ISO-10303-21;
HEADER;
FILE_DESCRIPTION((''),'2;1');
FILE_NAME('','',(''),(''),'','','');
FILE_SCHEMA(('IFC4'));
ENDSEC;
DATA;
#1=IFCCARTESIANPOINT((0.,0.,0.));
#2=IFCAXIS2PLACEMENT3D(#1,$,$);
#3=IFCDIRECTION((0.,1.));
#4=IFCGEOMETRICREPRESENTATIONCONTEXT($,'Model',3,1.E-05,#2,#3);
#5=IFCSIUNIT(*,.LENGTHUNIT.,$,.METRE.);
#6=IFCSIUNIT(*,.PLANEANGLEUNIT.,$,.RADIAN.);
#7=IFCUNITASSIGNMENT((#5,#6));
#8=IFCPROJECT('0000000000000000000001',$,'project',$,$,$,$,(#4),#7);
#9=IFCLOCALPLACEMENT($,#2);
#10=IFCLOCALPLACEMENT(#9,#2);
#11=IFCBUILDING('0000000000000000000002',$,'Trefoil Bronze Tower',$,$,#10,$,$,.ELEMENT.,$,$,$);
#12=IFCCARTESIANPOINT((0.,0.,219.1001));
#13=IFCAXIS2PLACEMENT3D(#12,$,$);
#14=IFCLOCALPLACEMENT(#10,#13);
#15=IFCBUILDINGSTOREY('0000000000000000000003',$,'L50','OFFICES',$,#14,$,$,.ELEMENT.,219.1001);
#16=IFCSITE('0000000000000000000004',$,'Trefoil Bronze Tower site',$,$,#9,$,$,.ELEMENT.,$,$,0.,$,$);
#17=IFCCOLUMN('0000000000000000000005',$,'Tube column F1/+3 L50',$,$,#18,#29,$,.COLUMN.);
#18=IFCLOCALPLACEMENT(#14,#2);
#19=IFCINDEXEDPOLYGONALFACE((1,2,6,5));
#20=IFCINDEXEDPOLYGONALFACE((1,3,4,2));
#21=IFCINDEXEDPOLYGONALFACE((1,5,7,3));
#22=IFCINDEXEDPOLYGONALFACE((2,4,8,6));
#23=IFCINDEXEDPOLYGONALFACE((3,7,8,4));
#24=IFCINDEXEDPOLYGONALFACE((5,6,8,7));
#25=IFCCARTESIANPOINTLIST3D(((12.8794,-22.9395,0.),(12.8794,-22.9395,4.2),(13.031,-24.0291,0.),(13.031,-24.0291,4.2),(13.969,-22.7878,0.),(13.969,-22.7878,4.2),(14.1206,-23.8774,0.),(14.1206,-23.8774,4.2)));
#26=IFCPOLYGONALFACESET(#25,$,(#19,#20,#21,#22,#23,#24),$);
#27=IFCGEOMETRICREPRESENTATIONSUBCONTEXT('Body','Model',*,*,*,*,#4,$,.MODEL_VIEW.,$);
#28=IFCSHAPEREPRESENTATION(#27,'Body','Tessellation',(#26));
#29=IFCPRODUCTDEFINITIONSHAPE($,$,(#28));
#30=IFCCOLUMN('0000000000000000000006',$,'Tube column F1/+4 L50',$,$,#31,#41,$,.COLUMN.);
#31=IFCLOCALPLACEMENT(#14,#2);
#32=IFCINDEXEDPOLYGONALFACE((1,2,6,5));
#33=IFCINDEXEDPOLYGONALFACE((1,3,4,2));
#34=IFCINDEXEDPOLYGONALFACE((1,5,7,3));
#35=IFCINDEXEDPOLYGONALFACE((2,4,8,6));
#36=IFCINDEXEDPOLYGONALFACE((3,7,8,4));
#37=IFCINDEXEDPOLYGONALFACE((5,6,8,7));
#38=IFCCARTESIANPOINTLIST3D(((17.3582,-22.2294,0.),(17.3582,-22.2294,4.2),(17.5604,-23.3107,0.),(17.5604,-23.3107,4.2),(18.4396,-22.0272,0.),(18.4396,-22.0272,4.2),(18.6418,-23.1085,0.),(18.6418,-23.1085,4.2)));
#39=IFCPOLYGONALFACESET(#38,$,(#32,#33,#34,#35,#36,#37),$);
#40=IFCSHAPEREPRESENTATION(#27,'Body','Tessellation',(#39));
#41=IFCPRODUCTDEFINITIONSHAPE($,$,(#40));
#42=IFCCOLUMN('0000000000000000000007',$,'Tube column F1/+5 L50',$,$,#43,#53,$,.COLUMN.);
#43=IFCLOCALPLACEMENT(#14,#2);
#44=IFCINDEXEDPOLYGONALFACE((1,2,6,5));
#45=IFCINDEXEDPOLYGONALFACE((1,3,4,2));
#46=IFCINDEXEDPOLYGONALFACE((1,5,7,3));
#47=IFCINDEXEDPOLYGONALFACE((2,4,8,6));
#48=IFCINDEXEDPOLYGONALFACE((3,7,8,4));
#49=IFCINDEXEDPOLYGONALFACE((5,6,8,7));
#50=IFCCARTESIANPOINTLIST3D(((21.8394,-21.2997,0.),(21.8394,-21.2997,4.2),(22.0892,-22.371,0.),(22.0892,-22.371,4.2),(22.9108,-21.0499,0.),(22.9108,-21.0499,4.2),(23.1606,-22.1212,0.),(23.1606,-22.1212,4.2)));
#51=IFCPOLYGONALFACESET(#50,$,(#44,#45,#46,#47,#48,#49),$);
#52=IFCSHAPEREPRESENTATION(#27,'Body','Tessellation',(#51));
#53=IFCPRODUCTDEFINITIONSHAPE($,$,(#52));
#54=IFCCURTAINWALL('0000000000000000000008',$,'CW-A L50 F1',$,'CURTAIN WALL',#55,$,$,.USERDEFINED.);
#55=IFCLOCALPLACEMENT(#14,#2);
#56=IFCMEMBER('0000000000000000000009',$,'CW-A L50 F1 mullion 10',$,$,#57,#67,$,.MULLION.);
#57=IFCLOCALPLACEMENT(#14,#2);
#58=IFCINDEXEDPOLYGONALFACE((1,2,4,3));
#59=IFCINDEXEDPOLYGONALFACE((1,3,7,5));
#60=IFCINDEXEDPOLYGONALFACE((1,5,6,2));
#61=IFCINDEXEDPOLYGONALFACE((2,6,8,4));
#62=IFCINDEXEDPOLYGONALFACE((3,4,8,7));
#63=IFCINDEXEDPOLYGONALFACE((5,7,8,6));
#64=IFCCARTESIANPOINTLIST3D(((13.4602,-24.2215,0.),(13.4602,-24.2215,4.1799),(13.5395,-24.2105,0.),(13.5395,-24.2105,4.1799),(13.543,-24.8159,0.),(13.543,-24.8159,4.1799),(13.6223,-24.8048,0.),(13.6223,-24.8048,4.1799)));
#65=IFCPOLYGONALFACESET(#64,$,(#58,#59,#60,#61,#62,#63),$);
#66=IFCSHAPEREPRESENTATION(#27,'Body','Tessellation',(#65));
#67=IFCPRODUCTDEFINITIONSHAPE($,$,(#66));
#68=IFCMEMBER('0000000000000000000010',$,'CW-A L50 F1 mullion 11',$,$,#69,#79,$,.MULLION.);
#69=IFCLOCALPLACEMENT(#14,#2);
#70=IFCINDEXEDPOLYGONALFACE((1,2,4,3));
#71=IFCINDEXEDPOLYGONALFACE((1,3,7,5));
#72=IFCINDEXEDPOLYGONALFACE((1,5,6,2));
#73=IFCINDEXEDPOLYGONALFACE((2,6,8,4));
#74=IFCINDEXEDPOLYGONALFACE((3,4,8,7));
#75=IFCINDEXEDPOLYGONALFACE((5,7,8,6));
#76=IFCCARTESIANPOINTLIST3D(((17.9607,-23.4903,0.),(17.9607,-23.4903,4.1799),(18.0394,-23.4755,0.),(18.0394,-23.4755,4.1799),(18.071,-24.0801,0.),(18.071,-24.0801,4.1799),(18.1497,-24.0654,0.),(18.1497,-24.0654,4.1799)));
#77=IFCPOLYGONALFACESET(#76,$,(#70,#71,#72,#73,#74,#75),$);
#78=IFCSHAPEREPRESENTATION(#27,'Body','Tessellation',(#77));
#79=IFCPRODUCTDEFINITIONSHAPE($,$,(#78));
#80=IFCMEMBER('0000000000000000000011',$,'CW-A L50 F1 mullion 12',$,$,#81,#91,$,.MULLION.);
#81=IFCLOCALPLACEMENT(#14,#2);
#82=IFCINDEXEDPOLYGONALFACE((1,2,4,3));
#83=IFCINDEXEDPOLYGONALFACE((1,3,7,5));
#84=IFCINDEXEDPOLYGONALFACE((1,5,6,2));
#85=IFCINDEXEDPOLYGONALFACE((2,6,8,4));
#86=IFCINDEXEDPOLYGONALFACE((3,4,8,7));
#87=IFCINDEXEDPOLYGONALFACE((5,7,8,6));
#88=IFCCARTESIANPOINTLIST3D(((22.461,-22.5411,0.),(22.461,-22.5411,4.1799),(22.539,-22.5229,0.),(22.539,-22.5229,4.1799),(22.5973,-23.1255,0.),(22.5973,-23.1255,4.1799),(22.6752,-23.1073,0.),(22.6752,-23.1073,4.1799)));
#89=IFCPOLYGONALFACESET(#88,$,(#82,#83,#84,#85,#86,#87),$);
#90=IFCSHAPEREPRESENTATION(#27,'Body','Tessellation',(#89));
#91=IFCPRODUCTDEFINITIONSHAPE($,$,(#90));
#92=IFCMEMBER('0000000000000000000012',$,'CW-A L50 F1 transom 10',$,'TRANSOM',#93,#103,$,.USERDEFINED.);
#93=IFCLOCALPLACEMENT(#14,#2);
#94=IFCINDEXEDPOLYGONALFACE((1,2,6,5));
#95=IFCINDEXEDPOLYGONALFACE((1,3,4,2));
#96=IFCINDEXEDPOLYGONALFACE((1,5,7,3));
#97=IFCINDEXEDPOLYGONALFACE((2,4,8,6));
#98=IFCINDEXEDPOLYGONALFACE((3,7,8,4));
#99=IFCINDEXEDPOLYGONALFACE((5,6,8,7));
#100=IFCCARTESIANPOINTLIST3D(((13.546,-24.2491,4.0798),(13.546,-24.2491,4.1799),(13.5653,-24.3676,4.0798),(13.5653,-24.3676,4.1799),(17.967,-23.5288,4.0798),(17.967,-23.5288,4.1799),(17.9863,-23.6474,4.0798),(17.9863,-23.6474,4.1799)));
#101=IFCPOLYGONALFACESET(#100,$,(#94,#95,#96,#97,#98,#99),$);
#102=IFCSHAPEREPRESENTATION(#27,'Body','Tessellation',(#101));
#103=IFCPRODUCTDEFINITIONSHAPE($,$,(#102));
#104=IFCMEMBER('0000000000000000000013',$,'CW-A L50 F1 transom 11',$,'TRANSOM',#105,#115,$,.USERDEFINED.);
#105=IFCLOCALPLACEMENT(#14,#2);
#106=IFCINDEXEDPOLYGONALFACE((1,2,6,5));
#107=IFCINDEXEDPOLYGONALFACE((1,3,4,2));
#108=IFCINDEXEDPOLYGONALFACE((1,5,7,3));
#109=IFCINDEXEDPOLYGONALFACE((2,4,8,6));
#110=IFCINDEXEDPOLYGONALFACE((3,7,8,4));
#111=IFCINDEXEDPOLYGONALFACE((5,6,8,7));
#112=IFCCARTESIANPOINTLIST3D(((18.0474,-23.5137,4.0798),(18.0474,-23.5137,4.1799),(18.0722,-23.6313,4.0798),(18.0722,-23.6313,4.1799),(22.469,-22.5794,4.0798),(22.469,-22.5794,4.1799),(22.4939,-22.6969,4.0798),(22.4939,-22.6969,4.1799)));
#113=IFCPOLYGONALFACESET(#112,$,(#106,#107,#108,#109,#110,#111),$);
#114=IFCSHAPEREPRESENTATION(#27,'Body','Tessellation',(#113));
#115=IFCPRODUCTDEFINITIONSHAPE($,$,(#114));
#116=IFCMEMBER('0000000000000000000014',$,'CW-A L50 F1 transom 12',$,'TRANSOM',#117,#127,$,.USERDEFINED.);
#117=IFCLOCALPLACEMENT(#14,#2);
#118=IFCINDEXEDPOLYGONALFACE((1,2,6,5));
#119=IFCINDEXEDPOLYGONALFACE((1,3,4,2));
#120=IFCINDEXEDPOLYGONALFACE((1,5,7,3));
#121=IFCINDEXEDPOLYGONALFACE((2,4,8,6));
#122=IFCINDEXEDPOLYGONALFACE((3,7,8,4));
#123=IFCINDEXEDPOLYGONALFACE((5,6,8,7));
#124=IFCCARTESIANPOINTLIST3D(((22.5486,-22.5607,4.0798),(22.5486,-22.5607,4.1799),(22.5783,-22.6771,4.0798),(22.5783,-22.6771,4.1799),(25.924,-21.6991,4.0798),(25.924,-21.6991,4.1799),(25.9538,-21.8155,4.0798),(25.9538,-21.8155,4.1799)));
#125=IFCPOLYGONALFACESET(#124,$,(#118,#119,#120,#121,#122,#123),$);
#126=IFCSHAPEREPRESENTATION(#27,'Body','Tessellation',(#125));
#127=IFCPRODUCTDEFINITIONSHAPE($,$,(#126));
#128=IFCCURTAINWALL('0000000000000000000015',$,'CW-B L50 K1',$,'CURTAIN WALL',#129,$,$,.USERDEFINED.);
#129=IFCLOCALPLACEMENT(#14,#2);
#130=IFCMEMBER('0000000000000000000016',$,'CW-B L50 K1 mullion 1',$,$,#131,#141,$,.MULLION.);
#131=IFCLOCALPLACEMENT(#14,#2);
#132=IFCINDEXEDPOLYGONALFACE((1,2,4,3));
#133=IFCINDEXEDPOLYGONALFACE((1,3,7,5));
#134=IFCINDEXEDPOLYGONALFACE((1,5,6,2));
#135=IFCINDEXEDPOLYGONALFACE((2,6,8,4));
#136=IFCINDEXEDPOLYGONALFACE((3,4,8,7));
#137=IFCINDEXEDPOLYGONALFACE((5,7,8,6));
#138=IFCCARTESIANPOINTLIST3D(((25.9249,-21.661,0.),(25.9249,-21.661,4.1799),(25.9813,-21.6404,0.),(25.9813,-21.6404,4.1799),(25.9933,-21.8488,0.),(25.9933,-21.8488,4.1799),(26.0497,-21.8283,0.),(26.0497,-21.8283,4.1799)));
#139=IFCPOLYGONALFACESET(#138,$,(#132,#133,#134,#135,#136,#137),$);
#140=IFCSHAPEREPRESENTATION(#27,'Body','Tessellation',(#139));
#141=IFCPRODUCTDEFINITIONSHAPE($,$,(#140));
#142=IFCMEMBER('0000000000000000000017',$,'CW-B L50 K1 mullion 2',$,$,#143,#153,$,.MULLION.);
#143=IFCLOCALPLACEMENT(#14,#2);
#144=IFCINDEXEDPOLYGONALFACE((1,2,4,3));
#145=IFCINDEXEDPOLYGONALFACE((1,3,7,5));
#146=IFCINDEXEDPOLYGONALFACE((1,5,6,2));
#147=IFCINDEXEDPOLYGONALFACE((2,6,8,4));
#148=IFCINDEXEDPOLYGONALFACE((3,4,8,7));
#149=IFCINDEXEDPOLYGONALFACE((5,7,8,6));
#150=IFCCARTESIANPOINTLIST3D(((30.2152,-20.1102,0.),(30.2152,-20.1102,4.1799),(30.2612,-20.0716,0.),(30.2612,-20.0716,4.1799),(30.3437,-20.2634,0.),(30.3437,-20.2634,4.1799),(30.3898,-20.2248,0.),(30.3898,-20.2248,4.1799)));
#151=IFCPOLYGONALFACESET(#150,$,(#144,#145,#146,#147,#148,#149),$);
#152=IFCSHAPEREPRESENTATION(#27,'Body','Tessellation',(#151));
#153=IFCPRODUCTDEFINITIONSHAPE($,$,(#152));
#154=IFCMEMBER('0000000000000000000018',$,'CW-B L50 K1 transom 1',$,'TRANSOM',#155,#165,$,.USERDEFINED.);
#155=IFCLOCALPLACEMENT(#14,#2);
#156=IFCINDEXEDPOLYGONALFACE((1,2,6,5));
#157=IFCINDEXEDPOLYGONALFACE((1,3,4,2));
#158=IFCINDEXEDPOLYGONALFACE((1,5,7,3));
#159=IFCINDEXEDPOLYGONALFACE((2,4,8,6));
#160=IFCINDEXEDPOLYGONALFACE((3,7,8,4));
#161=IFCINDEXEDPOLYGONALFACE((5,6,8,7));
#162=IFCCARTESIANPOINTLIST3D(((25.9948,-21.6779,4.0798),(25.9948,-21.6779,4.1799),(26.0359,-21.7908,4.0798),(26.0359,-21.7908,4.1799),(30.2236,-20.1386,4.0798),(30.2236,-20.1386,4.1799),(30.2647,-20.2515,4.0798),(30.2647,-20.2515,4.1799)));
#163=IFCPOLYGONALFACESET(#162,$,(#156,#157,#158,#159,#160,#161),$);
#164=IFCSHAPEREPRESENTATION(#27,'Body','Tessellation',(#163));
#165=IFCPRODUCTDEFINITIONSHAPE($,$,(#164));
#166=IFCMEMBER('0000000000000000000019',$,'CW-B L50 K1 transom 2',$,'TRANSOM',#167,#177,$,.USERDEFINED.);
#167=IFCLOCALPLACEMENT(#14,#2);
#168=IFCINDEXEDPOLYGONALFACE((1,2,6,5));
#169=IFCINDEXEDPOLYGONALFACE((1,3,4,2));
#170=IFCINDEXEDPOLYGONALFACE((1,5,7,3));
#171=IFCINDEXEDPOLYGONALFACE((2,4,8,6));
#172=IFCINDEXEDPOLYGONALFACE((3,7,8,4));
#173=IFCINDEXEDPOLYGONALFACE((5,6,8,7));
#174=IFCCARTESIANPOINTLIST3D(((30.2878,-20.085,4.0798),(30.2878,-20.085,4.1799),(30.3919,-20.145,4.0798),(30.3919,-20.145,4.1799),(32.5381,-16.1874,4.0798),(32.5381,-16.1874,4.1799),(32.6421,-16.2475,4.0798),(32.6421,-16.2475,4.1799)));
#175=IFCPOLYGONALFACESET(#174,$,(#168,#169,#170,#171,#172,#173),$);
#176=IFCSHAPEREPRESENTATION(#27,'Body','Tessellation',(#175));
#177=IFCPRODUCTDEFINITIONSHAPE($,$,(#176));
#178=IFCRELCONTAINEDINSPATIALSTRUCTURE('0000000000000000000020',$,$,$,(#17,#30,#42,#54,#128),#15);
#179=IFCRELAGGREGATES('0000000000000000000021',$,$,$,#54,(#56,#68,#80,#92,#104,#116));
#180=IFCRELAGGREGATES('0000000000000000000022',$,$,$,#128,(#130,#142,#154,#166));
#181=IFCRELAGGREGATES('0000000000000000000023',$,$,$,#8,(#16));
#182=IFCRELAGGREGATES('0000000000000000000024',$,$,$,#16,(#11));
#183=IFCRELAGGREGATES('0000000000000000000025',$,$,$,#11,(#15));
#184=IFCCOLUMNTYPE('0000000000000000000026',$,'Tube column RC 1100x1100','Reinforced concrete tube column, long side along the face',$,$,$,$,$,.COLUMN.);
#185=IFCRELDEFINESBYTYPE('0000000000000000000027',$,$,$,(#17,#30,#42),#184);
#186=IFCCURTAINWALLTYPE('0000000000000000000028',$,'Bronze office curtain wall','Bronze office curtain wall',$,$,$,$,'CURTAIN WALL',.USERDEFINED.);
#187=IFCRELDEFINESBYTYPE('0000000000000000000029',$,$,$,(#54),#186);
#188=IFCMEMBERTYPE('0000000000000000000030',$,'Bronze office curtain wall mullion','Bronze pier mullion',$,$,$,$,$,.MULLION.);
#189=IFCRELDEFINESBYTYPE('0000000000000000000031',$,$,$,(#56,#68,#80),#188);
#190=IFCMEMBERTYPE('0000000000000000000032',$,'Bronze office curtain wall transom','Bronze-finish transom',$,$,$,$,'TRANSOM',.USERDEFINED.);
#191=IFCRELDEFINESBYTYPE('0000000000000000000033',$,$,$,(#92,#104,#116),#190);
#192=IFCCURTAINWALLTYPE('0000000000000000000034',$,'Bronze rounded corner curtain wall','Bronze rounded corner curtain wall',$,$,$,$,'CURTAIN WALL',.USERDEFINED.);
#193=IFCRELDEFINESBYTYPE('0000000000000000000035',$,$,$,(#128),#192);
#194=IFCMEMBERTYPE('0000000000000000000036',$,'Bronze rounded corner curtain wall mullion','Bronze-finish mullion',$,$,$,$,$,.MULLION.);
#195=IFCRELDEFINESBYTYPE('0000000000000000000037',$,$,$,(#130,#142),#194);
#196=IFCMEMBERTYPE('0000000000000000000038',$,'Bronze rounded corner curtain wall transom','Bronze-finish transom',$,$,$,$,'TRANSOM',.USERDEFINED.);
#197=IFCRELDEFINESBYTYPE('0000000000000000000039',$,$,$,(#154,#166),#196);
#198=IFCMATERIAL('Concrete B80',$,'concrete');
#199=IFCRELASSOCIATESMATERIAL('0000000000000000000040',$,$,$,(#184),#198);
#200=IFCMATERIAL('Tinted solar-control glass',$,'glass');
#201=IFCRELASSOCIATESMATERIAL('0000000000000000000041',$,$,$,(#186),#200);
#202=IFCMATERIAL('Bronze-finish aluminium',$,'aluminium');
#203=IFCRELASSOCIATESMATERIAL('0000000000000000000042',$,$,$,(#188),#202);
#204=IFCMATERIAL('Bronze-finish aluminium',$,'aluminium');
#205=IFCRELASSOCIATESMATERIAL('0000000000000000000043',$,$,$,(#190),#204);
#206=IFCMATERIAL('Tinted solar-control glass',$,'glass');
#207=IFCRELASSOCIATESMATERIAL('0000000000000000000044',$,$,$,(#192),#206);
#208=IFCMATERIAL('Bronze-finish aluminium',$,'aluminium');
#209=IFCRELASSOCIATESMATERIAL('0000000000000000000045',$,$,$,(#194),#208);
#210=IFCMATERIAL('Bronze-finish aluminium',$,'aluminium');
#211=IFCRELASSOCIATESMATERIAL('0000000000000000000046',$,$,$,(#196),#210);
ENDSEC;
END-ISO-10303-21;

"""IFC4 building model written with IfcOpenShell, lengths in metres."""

from ifc_helpers import new_model, si_unit, direction, frame, origin, origin_2d, place, context, subcontext, project, spatial, rectangle, extrude, material, material_profile, profile_set, type_object, element, aggregate, save


model = new_model("IFC4")

# Units and contexts
model_context = context("Model", 3, precision=1e-05, world=origin(), true_north=direction((0.0, 1.0)))
body_context = subcontext(model_context, "Body", "Model", "MODEL_VIEW")
ifc_project = project(units=[si_unit("LENGTHUNIT", "METRE"), si_unit("PLANEANGLEUNIT", "RADIAN")], contexts=[model_context])

# Site, building, storey
site_placement = place(None, origin())
site = spatial("IfcSite", under=ifc_project, at=site_placement, Name="Trefoil Bronze Tower site", CompositionType="ELEMENT", RefElevation=0.0)
building_placement = place(site_placement, origin())
building = spatial("IfcBuilding", under=site, at=building_placement, Name="Trefoil Bronze Tower", CompositionType="ELEMENT")
storey_placement = place(building_placement, frame((0.0, 0.0, 219.1001)))
storey = spatial("IfcBuildingStorey", under=building, at=storey_placement, Name="L50", Description="OFFICES", CompositionType="ELEMENT", Elevation=219.1001)

# Columns
ifc_material_1 = material(Name="Concrete B80", Category="concrete")
ifc_material_profile_1 = material_profile(ifc_material_1, rectangle(XDim=1.1001, YDim=1.1001, at=origin_2d()), Name="RC 1100x1100")
ifc_profile_set_1 = profile_set([ifc_material_profile_1], Name="Concrete B80")
column_type = type_object("IfcColumnType", Name="Tube column RC 1100x1100", Description="Reinforced concrete tube column, long side along the face", PredefinedType="COLUMN", material=ifc_profile_set_1)
for number, where, z_axis, x_axis, name in (
    (1, (13.5, -23.4084, 0.0), (0.0, 0.0, 1.0), (0.990451, 0.137868, 0.0), "Tube column F1/+3 L50"),
    (2, (18.0, -22.6689, 0.0), (0.0, 0.0, 1.0), (0.982959, 0.183825, 0.0), "Tube column F1/+4 L50"),
    (3, (22.5, -21.7104, 0.0), (0.0, 0.0, 1.0), (0.973875, 0.227083, 0.0), "Tube column F1/+5 L50"),
):
    element("IfcColumn", number, at=place(storey_placement, frame(where, z_axis=z_axis, x_axis=x_axis)), inside=storey, type_object=column_type, Name=name, PredefinedType="COLUMN", context=body_context, shape_type="SweptSolid", body=[
        extrude(rectangle(XDim=1.1001, YDim=1.1001, at=origin_2d()), origin(), (0.0, 0.0, 1.0), 4.2),
    ])

# Curtain walls, members
ifc_material_2 = material(Name="Tinted solar-control glass", Category="glass")
curtain_wall_type_1 = type_object("IfcCurtainWallType", Name="Bronze office curtain wall", Description="Bronze office curtain wall", ElementType="CURTAIN WALL", PredefinedType="USERDEFINED", material=ifc_material_2)
curtain_wall_1_placement = place(storey_placement, origin())
curtain_wall_1 = element("IfcCurtainWall", 4, at=curtain_wall_1_placement, inside=storey, type_object=curtain_wall_type_1, Name="CW-A L50 F1", ObjectType="CURTAIN WALL", PredefinedType="USERDEFINED")
ifc_material_3 = material(Name="Bronze-finish aluminium", Category="aluminium")
ifc_material_profile_2 = material_profile(ifc_material_3, rectangle(XDim=0.6001, YDim=0.0801, at=origin_2d()), Name="CW-A mullion")
ifc_profile_set_2 = profile_set([ifc_material_profile_2], Name="Bronze-finish aluminium")
member_type_1 = type_object("IfcMemberType", Name="Bronze office curtain wall mullion", Description="Bronze pier mullion", PredefinedType="MULLION", material=ifc_profile_set_2)
member_1_placement = place(storey_placement, frame((13.5413, -24.5132, 0.0), z_axis=(0.0, 0.0, 1.0), x_axis=(-0.137868, 0.990451, 0.0)))
member_1 = element("IfcMember", 5, at=member_1_placement, type_object=member_type_1, Name="CW-A L50 F1 mullion 10", PredefinedType="MULLION", context=body_context, shape_type="SweptSolid", body=[
    extrude(rectangle(XDim=0.6001, YDim=0.0801, at=origin_2d()), origin(), (0.0, 0.0, 1.0), 4.1799),
])
member_2_placement = place(storey_placement, frame((18.0552, -23.7778, 0.0), z_axis=(0.0, 0.0, 1.0), x_axis=(-0.183825, 0.982959, 0.0)))
member_2 = element("IfcMember", 6, at=member_2_placement, type_object=member_type_1, Name="CW-A L50 F1 mullion 11", PredefinedType="MULLION", context=body_context, shape_type="SweptSolid", body=[
    extrude(rectangle(XDim=0.6001, YDim=0.0801, at=origin_2d()), origin(), (0.0, 0.0, 1.0), 4.1799),
])
member_3_placement = place(storey_placement, frame((22.5681, -22.8242, 0.0), z_axis=(0.0, 0.0, 1.0), x_axis=(-0.227083, 0.973875, 0.0)))
member_3 = element("IfcMember", 7, at=member_3_placement, type_object=member_type_1, Name="CW-A L50 F1 mullion 12", PredefinedType="MULLION", context=body_context, shape_type="SweptSolid", body=[
    extrude(rectangle(XDim=0.6001, YDim=0.0801, at=origin_2d()), origin(), (0.0, 0.0, 1.0), 4.1799),
])
ifc_material_4 = material(Name="Bronze-finish aluminium", Category="aluminium")
ifc_material_profile_3 = material_profile(ifc_material_4, rectangle(XDim=0.1201, YDim=0.1001, at=origin_2d()), Name="CW-A transom")
ifc_profile_set_3 = profile_set([ifc_material_profile_3], Name="Bronze-finish aluminium")
member_type_2 = type_object("IfcMemberType", Name="Bronze office curtain wall transom", Description="Bronze-finish transom", ElementType="TRANSOM", PredefinedType="USERDEFINED", material=ifc_profile_set_3)
member_4_placement = place(storey_placement, frame((13.5557, -24.3083, 4.1299), z_axis=(0.986988, 0.160792, 0.0), x_axis=(-0.160792, 0.986988, 0.0)))
member_4 = element("IfcMember", 8, at=member_4_placement, type_object=member_type_2, Name="CW-A L50 F1 transom 10", ObjectType="TRANSOM", PredefinedType="USERDEFINED", context=body_context, shape_type="SweptSolid", body=[
    extrude(rectangle(XDim=0.1201, YDim=0.1001, at=origin_2d()), origin(), (0.0, 0.0, 1.0), 4.4792),
])
member_5_placement = place(storey_placement, frame((18.0598, -23.5725, 4.1299), z_axis=(0.978395, 0.206743, 0.0), x_axis=(-0.206743, 0.978395, 0.0)))
member_5 = element("IfcMember", 9, at=member_5_placement, type_object=member_type_2, Name="CW-A L50 F1 transom 11", ObjectType="TRANSOM", PredefinedType="USERDEFINED", context=body_context, shape_type="SweptSolid", body=[
    extrude(rectangle(XDim=0.1201, YDim=0.1001, at=origin_2d()), origin(), (0.0, 0.0, 1.0), 4.5193),
])
member_6_placement = place(storey_placement, frame((22.5635, -22.6189, 4.1299), z_axis=(0.968935, 0.247315, 0.0), x_axis=(-0.247315, 0.968935, 0.0)))
member_6 = element("IfcMember", 10, at=member_6_placement, type_object=member_type_2, Name="CW-A L50 F1 transom 12", ObjectType="TRANSOM", PredefinedType="USERDEFINED", context=body_context, shape_type="SweptSolid", body=[
    extrude(rectangle(XDim=0.1201, YDim=0.1001, at=origin_2d()), origin(), (0.0, 0.0, 1.0), 3.4836),
])
ifc_material_5 = material(Name="Tinted solar-control glass", Category="glass")
curtain_wall_type_2 = type_object("IfcCurtainWallType", Name="Bronze rounded corner curtain wall", Description="Bronze rounded corner curtain wall", ElementType="CURTAIN WALL", PredefinedType="USERDEFINED", material=ifc_material_5)
curtain_wall_2_placement = place(storey_placement, origin())
curtain_wall_2 = element("IfcCurtainWall", 11, at=curtain_wall_2_placement, inside=storey, type_object=curtain_wall_type_2, Name="CW-B L50 K1", ObjectType="CURTAIN WALL", PredefinedType="USERDEFINED")
ifc_material_6 = material(Name="Bronze-finish aluminium", Category="aluminium")
ifc_material_profile_4 = material_profile(ifc_material_6, rectangle(XDim=0.2, YDim=0.0601, at=origin_2d()), Name="CW-B mullion")
ifc_profile_set_4 = profile_set([ifc_material_profile_4], Name="Bronze-finish aluminium")
member_type_3 = type_object("IfcMemberType", Name="Bronze rounded corner curtain wall mullion", Description="Bronze-finish mullion", PredefinedType="MULLION", material=ifc_profile_set_4)
member_7_placement = place(storey_placement, frame((25.9873, -21.7446, 0.0), z_axis=(0.0, 0.0, 1.0), x_axis=(-0.34202, 0.939693, 0.0)))
member_7 = element("IfcMember", 12, at=member_7_placement, type_object=member_type_3, Name="CW-B L50 K1 mullion 1", PredefinedType="MULLION", context=body_context, shape_type="SweptSolid", body=[
    extrude(rectangle(XDim=0.2, YDim=0.0601, at=origin_2d()), origin(), (0.0, 0.0, 1.0), 4.1799),
])
member_8_placement = place(storey_placement, frame((30.3025, -20.1675, 0.0), z_axis=(0.0, 0.0, 1.0), x_axis=(-0.642788, 0.766044, 0.0)))
member_8 = element("IfcMember", 13, at=member_8_placement, type_object=member_type_3, Name="CW-B L50 K1 mullion 2", PredefinedType="MULLION", context=body_context, shape_type="SweptSolid", body=[
    extrude(rectangle(XDim=0.2, YDim=0.0601, at=origin_2d()), origin(), (0.0, 0.0, 1.0), 4.1799),
])
ifc_material_7 = material(Name="Bronze-finish aluminium", Category="aluminium")
ifc_material_profile_5 = material_profile(ifc_material_7, rectangle(XDim=0.1201, YDim=0.1001, at=origin_2d()), Name="CW-B transom")
ifc_profile_set_5 = profile_set([ifc_material_profile_5], Name="Bronze-finish aluminium")
member_type_4 = type_object("IfcMemberType", Name="Bronze rounded corner curtain wall transom", Description="Bronze-finish transom", ElementType="TRANSOM", PredefinedType="USERDEFINED", material=ifc_profile_set_5)
member_9_placement = place(storey_placement, frame((26.0154, -21.7344, 4.1299), z_axis=(0.939681, 0.342052, 0.0), x_axis=(-0.342052, 0.939681, 0.0)))
member_9 = element("IfcMember", 14, at=member_9_placement, type_object=member_type_4, Name="CW-B L50 K1 transom 1", ObjectType="TRANSOM", PredefinedType="USERDEFINED", context=body_context, shape_type="SweptSolid", body=[
    extrude(rectangle(XDim=0.1201, YDim=0.1001, at=origin_2d()), origin(), (0.0, 0.0, 1.0), 4.5002),
])
member_10_placement = place(storey_placement, frame((30.3398, -20.115, 4.1299), z_axis=(0.500007, 0.866021, 0.0), x_axis=(-0.866021, 0.500007, 0.0)))
member_10 = element("IfcMember", 15, at=member_10_placement, type_object=member_type_4, Name="CW-B L50 K1 transom 2", ObjectType="TRANSOM", PredefinedType="USERDEFINED", context=body_context, shape_type="SweptSolid", body=[
    extrude(rectangle(XDim=0.1201, YDim=0.1001, at=origin_2d()), origin(), (0.0, 0.0, 1.0), 4.5005),
])

aggregate(curtain_wall_1, [member_1, member_2, member_3, member_4, member_5, member_6])
aggregate(curtain_wall_2, [member_7, member_8, member_9, member_10])

save(model, "model.ifc")
